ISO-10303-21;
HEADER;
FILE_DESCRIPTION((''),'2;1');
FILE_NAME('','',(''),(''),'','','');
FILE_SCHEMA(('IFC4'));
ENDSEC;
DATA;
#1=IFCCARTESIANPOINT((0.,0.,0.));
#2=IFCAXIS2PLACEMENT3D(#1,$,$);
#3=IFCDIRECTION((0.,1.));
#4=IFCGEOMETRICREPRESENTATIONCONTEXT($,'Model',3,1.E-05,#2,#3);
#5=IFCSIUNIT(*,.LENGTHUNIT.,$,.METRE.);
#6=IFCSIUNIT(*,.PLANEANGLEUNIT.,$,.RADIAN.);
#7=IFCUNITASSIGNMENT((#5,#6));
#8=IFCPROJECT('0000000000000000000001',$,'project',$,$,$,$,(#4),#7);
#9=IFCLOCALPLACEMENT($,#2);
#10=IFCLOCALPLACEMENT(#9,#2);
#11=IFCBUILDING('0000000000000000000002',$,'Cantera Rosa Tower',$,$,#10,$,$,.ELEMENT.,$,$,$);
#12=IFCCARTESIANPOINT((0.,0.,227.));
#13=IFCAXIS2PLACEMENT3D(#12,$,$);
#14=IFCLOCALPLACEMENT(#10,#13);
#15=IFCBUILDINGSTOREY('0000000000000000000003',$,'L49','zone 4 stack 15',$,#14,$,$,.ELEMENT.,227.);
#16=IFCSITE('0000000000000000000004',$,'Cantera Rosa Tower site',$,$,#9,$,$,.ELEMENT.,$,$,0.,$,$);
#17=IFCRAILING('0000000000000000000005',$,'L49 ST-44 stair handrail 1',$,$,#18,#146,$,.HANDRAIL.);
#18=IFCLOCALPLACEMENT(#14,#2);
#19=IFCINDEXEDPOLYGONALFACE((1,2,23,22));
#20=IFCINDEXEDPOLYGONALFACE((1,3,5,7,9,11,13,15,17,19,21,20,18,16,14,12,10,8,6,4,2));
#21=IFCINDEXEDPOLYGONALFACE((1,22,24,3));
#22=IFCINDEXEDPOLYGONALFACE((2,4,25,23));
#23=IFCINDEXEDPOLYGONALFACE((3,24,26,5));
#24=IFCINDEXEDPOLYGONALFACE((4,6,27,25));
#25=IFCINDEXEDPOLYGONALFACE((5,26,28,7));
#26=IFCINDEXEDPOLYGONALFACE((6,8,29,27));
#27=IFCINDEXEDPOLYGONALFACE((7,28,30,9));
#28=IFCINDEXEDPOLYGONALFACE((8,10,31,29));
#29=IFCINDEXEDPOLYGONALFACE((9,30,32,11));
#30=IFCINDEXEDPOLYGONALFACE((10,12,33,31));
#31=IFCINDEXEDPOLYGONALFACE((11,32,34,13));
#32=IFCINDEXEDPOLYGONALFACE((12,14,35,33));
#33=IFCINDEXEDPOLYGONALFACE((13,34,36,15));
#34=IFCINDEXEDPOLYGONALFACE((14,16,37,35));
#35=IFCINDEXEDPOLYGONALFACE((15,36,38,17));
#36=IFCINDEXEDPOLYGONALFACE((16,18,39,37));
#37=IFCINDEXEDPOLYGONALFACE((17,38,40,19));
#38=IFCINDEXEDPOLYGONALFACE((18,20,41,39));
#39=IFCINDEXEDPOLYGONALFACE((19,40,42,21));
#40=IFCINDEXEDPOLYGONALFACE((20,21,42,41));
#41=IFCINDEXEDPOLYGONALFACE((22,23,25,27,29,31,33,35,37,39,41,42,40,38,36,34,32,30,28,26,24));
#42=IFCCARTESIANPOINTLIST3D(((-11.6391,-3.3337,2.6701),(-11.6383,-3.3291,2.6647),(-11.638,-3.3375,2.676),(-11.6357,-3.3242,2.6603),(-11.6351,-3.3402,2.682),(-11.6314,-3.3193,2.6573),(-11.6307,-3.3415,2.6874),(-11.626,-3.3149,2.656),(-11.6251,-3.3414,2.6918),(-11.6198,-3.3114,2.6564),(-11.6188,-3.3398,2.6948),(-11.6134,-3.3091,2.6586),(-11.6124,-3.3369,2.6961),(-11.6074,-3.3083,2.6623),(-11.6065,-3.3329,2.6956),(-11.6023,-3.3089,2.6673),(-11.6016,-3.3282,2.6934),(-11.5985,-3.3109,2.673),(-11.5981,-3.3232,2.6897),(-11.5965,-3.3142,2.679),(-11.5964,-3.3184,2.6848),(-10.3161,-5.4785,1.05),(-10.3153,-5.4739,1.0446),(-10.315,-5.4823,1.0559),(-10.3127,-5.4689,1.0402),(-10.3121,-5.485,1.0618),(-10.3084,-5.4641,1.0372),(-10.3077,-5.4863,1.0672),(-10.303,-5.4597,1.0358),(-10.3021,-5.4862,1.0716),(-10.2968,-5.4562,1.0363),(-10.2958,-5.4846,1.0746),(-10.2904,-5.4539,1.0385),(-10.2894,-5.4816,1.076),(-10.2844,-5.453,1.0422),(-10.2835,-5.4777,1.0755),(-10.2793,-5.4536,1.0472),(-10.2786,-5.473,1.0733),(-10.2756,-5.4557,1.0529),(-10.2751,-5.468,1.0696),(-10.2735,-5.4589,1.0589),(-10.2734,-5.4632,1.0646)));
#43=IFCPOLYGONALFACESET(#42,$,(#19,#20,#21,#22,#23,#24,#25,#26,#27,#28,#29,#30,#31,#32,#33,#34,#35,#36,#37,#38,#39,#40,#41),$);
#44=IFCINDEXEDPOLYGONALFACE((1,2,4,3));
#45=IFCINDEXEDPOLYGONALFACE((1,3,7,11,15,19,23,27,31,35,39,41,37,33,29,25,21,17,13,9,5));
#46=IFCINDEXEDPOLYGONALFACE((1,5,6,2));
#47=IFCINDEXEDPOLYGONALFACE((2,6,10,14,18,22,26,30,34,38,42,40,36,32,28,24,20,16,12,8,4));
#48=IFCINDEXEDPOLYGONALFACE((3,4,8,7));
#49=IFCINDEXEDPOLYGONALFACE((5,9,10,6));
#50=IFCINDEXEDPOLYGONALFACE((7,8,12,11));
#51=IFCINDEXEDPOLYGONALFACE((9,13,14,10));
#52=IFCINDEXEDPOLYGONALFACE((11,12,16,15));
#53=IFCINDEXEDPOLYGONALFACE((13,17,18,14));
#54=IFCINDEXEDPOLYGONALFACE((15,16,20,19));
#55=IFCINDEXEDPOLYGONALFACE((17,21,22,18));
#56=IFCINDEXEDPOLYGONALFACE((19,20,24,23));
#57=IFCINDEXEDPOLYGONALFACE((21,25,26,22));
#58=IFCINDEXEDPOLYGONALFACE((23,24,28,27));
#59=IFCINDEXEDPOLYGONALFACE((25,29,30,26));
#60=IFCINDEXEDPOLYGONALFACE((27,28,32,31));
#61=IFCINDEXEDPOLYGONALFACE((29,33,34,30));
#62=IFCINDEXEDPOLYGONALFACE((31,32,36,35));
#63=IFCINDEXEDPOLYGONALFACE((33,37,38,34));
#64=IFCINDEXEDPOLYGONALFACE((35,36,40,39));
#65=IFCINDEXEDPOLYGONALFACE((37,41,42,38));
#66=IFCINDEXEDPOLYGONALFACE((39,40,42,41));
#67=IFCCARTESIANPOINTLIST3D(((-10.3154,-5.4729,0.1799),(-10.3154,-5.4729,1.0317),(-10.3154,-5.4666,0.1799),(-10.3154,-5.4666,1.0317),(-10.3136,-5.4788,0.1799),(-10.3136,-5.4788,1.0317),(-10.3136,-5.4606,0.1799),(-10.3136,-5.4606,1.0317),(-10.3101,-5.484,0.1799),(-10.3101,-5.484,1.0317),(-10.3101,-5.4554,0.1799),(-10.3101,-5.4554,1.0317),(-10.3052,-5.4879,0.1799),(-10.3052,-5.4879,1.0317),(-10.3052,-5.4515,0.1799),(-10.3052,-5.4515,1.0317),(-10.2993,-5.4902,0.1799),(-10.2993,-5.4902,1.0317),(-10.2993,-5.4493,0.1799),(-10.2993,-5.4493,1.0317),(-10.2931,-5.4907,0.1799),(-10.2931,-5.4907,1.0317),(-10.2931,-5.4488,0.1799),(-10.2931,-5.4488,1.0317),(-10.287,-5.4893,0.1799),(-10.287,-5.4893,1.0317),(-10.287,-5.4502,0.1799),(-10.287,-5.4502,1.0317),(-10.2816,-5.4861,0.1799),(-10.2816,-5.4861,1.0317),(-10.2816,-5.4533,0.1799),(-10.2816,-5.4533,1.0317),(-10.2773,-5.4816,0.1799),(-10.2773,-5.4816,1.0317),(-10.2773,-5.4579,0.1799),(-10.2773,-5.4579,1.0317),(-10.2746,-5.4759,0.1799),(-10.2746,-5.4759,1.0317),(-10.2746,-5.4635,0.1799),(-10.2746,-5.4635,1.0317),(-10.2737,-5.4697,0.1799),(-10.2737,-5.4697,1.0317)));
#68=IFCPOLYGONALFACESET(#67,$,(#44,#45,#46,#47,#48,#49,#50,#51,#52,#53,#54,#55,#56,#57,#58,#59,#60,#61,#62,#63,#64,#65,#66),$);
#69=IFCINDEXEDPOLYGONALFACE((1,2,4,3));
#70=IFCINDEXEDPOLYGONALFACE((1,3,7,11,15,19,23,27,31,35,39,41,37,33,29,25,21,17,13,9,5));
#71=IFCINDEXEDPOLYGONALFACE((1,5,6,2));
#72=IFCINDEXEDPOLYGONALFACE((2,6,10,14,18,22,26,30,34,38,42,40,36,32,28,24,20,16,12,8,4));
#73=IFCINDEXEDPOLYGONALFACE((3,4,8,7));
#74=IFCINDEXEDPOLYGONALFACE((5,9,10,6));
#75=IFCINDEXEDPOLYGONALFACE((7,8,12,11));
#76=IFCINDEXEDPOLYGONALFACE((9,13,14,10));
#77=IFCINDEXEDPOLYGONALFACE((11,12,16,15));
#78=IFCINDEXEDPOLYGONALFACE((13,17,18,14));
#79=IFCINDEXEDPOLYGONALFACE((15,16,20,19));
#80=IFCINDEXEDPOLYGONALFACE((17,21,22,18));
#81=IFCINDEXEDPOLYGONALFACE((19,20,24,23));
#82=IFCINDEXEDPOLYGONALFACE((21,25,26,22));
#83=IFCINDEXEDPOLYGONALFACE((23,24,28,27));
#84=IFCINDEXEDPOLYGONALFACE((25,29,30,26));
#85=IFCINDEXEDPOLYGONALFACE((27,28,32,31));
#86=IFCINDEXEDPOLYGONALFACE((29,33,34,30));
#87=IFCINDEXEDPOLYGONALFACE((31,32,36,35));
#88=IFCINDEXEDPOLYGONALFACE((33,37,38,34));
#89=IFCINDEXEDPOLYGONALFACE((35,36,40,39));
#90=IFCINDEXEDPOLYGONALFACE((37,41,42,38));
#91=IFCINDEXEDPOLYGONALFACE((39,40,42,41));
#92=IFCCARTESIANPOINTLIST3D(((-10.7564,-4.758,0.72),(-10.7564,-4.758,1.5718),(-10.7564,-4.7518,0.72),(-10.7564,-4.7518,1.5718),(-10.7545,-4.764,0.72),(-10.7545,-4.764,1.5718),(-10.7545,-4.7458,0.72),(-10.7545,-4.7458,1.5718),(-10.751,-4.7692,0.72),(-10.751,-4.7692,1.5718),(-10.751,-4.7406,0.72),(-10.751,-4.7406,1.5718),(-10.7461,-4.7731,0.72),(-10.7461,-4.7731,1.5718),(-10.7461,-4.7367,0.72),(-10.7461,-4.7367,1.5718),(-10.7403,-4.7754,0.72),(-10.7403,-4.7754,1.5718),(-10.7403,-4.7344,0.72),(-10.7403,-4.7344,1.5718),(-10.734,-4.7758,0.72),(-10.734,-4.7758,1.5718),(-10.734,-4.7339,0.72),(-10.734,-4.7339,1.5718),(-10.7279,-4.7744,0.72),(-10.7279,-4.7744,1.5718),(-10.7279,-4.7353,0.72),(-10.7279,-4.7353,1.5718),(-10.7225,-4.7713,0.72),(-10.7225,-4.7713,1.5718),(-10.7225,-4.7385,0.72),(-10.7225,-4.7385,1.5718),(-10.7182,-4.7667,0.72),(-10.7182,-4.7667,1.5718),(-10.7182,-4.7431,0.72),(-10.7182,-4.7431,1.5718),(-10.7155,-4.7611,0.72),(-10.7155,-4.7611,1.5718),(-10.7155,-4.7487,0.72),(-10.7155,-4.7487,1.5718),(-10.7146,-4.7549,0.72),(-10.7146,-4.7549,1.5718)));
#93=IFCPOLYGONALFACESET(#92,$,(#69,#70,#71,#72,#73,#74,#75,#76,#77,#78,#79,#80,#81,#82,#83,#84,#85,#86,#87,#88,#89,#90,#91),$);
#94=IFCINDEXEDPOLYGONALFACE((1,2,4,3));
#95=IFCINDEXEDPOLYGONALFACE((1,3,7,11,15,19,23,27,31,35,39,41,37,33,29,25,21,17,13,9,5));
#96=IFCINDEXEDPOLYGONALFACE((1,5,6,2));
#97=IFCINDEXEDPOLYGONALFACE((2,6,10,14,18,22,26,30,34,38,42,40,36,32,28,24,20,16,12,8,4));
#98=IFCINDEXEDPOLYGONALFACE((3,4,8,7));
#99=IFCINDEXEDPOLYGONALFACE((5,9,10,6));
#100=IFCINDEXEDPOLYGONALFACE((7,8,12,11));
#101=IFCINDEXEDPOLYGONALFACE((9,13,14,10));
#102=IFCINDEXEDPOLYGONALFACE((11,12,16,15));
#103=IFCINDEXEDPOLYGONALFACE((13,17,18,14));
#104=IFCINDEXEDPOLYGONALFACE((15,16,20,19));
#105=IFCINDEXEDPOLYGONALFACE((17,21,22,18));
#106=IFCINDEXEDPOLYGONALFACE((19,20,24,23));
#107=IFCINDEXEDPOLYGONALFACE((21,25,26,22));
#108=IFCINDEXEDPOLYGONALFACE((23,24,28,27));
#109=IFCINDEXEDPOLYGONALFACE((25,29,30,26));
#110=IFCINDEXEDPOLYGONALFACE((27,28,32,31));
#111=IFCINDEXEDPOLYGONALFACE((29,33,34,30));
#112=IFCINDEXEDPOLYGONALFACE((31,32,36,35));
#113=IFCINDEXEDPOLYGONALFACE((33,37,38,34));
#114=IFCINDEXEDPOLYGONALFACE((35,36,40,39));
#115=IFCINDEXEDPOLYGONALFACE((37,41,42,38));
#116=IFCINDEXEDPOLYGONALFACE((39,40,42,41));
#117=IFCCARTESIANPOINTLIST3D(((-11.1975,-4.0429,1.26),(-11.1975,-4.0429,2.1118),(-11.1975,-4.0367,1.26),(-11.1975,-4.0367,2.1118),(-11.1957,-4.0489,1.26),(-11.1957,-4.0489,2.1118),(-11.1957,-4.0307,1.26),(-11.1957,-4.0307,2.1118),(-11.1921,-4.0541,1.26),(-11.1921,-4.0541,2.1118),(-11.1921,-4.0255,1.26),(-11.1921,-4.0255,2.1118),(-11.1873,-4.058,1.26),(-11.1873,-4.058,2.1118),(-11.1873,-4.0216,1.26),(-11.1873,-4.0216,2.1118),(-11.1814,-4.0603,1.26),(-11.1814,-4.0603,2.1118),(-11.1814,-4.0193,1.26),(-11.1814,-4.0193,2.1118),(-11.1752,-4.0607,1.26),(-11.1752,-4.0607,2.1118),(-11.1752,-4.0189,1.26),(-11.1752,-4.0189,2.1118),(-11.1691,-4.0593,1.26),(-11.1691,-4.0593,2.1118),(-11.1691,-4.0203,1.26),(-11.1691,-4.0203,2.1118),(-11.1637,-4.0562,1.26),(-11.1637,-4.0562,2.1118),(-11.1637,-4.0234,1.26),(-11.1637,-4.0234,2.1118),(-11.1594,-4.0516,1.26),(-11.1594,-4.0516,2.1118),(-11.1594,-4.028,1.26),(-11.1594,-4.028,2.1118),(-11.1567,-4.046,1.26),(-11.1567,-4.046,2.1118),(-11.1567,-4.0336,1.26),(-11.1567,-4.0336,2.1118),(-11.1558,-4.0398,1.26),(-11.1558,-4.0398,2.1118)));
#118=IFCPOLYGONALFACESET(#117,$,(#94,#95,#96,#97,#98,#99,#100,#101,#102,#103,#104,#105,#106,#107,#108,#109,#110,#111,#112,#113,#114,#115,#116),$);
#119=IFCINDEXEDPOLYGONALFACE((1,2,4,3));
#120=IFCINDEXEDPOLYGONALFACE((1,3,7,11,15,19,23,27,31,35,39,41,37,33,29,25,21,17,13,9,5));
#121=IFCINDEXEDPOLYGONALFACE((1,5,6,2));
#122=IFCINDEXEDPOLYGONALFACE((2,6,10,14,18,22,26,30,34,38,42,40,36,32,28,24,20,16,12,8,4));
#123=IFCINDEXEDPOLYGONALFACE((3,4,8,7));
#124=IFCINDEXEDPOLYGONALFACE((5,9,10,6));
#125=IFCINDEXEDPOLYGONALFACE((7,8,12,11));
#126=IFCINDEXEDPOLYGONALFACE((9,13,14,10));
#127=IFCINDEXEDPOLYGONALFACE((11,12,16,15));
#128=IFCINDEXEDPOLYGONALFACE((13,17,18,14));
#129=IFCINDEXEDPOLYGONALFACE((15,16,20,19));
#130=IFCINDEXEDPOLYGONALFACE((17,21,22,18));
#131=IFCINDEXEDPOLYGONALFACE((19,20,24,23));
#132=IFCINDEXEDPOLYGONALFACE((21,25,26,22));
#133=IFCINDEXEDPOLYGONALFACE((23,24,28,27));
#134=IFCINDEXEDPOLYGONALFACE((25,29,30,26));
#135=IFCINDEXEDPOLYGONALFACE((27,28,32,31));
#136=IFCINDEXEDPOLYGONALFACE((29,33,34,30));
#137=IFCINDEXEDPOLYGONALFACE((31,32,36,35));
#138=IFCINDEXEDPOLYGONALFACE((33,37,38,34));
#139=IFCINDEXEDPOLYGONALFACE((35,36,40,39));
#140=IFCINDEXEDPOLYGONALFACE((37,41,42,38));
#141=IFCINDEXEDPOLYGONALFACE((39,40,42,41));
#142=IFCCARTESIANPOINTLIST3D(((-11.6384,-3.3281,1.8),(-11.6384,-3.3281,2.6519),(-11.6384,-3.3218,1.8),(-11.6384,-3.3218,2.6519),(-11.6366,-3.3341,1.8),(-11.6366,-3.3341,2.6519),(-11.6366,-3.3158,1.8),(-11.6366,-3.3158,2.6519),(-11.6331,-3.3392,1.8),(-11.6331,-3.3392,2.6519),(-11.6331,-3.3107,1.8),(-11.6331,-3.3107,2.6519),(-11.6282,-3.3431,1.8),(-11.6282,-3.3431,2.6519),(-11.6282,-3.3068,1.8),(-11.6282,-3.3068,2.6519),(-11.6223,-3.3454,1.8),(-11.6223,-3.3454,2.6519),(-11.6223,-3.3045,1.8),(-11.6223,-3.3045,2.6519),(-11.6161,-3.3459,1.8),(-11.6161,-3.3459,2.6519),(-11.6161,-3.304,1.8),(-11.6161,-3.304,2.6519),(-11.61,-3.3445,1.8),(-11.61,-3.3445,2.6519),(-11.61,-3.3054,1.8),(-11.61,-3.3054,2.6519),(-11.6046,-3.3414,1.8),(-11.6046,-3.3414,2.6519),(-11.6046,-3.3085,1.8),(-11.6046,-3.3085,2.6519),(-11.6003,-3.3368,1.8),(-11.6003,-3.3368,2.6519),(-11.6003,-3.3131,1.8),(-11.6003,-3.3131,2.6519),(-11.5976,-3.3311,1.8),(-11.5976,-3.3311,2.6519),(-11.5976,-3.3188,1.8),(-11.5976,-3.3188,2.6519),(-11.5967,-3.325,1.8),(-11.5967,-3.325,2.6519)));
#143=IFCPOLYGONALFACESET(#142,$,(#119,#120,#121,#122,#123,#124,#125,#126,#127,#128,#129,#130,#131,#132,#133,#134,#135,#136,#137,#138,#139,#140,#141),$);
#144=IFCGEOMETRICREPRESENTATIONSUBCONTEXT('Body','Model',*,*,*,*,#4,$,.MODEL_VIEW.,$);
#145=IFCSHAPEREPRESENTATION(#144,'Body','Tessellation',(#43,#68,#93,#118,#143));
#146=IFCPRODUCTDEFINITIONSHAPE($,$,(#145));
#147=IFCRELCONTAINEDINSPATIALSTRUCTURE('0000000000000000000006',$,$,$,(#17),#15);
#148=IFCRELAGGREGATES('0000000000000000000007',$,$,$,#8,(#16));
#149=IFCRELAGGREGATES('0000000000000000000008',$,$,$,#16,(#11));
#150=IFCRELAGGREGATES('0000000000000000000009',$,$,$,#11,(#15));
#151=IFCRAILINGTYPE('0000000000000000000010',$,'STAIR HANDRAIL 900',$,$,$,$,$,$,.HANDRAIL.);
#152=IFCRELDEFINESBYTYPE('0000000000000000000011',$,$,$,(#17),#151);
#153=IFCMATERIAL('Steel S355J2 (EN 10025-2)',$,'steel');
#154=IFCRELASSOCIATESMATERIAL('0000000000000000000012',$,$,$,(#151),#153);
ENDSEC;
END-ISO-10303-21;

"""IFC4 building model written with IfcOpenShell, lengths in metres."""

from ifc_helpers import new_model, si_unit, direction, frame, origin, origin_2d, place, context, subcontext, project, spatial, circle, extrude, material, type_object, element, save


model = new_model("IFC4")

# Units and contexts
model_context = context("Model", 3, precision=1e-05, world=origin(), true_north=direction((0.0, 1.0)))
body_context = subcontext(model_context, "Body", "Model", "MODEL_VIEW")
ifc_project = project(units=[si_unit("LENGTHUNIT", "METRE"), si_unit("PLANEANGLEUNIT", "RADIAN")], contexts=[model_context])

# Site, building, storey
site_placement = place(None, origin())
site = spatial("IfcSite", under=ifc_project, at=site_placement, Name="Cantera Rosa Tower site", CompositionType="ELEMENT", RefElevation=0.0)
building_placement = place(site_placement, origin())
building = spatial("IfcBuilding", under=site, at=building_placement, Name="Cantera Rosa Tower", CompositionType="ELEMENT")
storey_placement = place(building_placement, frame((0.0, 0.0, 227.0)))
storey = spatial("IfcBuildingStorey", under=building, at=storey_placement, Name="L49", Description="zone 4 stack 15", CompositionType="ELEMENT", Elevation=227.0)

# Railing
ifc_material_1 = material(Name="Steel S355J2 (EN 10025-2)", Category="steel")
railing_type_1 = type_object("IfcRailingType", Name="STAIR HANDRAIL 900", PredefinedType="HANDRAIL", material=ifc_material_1)
railing_1_placement = place(storey_placement, frame((-10.2947, -5.4697, 0.1799)))
element("IfcRailing", 1, at=railing_1_placement, inside=storey, type_object=railing_type_1, Name="L49 ST-44 stair handrail 1", PredefinedType="HANDRAIL", context=body_context, shape_type="SweptSolid", body=[
    extrude(circle(Radius=0.0239, at=origin_2d()), frame((0.0, 0.0, 0.876), z_axis=(-0.441609, 0.715914, 0.540786), x_axis=(-0.851102, -0.525, 0.0)), (0.0, 0.0, 1.0), 2.9958),
    extrude(circle(Radius=0.021, at=origin_2d()), origin(), (0.0, 0.0, 1.0), 0.8518),
    extrude(circle(Radius=0.021, at=origin_2d()), frame((-0.4409, 0.7148, 0.54)), (0.0, 0.0, 1.0), 0.8518),
    extrude(circle(Radius=0.021, at=origin_2d()), frame((-0.8821, 1.4299, 1.0801)), (0.0, 0.0, 1.0), 0.8518),
    extrude(circle(Radius=0.021, at=origin_2d()), frame((-1.323, 2.1448, 1.6201)), (0.0, 0.0, 1.0), 0.8518),
])

save(model, "model.ifc")
